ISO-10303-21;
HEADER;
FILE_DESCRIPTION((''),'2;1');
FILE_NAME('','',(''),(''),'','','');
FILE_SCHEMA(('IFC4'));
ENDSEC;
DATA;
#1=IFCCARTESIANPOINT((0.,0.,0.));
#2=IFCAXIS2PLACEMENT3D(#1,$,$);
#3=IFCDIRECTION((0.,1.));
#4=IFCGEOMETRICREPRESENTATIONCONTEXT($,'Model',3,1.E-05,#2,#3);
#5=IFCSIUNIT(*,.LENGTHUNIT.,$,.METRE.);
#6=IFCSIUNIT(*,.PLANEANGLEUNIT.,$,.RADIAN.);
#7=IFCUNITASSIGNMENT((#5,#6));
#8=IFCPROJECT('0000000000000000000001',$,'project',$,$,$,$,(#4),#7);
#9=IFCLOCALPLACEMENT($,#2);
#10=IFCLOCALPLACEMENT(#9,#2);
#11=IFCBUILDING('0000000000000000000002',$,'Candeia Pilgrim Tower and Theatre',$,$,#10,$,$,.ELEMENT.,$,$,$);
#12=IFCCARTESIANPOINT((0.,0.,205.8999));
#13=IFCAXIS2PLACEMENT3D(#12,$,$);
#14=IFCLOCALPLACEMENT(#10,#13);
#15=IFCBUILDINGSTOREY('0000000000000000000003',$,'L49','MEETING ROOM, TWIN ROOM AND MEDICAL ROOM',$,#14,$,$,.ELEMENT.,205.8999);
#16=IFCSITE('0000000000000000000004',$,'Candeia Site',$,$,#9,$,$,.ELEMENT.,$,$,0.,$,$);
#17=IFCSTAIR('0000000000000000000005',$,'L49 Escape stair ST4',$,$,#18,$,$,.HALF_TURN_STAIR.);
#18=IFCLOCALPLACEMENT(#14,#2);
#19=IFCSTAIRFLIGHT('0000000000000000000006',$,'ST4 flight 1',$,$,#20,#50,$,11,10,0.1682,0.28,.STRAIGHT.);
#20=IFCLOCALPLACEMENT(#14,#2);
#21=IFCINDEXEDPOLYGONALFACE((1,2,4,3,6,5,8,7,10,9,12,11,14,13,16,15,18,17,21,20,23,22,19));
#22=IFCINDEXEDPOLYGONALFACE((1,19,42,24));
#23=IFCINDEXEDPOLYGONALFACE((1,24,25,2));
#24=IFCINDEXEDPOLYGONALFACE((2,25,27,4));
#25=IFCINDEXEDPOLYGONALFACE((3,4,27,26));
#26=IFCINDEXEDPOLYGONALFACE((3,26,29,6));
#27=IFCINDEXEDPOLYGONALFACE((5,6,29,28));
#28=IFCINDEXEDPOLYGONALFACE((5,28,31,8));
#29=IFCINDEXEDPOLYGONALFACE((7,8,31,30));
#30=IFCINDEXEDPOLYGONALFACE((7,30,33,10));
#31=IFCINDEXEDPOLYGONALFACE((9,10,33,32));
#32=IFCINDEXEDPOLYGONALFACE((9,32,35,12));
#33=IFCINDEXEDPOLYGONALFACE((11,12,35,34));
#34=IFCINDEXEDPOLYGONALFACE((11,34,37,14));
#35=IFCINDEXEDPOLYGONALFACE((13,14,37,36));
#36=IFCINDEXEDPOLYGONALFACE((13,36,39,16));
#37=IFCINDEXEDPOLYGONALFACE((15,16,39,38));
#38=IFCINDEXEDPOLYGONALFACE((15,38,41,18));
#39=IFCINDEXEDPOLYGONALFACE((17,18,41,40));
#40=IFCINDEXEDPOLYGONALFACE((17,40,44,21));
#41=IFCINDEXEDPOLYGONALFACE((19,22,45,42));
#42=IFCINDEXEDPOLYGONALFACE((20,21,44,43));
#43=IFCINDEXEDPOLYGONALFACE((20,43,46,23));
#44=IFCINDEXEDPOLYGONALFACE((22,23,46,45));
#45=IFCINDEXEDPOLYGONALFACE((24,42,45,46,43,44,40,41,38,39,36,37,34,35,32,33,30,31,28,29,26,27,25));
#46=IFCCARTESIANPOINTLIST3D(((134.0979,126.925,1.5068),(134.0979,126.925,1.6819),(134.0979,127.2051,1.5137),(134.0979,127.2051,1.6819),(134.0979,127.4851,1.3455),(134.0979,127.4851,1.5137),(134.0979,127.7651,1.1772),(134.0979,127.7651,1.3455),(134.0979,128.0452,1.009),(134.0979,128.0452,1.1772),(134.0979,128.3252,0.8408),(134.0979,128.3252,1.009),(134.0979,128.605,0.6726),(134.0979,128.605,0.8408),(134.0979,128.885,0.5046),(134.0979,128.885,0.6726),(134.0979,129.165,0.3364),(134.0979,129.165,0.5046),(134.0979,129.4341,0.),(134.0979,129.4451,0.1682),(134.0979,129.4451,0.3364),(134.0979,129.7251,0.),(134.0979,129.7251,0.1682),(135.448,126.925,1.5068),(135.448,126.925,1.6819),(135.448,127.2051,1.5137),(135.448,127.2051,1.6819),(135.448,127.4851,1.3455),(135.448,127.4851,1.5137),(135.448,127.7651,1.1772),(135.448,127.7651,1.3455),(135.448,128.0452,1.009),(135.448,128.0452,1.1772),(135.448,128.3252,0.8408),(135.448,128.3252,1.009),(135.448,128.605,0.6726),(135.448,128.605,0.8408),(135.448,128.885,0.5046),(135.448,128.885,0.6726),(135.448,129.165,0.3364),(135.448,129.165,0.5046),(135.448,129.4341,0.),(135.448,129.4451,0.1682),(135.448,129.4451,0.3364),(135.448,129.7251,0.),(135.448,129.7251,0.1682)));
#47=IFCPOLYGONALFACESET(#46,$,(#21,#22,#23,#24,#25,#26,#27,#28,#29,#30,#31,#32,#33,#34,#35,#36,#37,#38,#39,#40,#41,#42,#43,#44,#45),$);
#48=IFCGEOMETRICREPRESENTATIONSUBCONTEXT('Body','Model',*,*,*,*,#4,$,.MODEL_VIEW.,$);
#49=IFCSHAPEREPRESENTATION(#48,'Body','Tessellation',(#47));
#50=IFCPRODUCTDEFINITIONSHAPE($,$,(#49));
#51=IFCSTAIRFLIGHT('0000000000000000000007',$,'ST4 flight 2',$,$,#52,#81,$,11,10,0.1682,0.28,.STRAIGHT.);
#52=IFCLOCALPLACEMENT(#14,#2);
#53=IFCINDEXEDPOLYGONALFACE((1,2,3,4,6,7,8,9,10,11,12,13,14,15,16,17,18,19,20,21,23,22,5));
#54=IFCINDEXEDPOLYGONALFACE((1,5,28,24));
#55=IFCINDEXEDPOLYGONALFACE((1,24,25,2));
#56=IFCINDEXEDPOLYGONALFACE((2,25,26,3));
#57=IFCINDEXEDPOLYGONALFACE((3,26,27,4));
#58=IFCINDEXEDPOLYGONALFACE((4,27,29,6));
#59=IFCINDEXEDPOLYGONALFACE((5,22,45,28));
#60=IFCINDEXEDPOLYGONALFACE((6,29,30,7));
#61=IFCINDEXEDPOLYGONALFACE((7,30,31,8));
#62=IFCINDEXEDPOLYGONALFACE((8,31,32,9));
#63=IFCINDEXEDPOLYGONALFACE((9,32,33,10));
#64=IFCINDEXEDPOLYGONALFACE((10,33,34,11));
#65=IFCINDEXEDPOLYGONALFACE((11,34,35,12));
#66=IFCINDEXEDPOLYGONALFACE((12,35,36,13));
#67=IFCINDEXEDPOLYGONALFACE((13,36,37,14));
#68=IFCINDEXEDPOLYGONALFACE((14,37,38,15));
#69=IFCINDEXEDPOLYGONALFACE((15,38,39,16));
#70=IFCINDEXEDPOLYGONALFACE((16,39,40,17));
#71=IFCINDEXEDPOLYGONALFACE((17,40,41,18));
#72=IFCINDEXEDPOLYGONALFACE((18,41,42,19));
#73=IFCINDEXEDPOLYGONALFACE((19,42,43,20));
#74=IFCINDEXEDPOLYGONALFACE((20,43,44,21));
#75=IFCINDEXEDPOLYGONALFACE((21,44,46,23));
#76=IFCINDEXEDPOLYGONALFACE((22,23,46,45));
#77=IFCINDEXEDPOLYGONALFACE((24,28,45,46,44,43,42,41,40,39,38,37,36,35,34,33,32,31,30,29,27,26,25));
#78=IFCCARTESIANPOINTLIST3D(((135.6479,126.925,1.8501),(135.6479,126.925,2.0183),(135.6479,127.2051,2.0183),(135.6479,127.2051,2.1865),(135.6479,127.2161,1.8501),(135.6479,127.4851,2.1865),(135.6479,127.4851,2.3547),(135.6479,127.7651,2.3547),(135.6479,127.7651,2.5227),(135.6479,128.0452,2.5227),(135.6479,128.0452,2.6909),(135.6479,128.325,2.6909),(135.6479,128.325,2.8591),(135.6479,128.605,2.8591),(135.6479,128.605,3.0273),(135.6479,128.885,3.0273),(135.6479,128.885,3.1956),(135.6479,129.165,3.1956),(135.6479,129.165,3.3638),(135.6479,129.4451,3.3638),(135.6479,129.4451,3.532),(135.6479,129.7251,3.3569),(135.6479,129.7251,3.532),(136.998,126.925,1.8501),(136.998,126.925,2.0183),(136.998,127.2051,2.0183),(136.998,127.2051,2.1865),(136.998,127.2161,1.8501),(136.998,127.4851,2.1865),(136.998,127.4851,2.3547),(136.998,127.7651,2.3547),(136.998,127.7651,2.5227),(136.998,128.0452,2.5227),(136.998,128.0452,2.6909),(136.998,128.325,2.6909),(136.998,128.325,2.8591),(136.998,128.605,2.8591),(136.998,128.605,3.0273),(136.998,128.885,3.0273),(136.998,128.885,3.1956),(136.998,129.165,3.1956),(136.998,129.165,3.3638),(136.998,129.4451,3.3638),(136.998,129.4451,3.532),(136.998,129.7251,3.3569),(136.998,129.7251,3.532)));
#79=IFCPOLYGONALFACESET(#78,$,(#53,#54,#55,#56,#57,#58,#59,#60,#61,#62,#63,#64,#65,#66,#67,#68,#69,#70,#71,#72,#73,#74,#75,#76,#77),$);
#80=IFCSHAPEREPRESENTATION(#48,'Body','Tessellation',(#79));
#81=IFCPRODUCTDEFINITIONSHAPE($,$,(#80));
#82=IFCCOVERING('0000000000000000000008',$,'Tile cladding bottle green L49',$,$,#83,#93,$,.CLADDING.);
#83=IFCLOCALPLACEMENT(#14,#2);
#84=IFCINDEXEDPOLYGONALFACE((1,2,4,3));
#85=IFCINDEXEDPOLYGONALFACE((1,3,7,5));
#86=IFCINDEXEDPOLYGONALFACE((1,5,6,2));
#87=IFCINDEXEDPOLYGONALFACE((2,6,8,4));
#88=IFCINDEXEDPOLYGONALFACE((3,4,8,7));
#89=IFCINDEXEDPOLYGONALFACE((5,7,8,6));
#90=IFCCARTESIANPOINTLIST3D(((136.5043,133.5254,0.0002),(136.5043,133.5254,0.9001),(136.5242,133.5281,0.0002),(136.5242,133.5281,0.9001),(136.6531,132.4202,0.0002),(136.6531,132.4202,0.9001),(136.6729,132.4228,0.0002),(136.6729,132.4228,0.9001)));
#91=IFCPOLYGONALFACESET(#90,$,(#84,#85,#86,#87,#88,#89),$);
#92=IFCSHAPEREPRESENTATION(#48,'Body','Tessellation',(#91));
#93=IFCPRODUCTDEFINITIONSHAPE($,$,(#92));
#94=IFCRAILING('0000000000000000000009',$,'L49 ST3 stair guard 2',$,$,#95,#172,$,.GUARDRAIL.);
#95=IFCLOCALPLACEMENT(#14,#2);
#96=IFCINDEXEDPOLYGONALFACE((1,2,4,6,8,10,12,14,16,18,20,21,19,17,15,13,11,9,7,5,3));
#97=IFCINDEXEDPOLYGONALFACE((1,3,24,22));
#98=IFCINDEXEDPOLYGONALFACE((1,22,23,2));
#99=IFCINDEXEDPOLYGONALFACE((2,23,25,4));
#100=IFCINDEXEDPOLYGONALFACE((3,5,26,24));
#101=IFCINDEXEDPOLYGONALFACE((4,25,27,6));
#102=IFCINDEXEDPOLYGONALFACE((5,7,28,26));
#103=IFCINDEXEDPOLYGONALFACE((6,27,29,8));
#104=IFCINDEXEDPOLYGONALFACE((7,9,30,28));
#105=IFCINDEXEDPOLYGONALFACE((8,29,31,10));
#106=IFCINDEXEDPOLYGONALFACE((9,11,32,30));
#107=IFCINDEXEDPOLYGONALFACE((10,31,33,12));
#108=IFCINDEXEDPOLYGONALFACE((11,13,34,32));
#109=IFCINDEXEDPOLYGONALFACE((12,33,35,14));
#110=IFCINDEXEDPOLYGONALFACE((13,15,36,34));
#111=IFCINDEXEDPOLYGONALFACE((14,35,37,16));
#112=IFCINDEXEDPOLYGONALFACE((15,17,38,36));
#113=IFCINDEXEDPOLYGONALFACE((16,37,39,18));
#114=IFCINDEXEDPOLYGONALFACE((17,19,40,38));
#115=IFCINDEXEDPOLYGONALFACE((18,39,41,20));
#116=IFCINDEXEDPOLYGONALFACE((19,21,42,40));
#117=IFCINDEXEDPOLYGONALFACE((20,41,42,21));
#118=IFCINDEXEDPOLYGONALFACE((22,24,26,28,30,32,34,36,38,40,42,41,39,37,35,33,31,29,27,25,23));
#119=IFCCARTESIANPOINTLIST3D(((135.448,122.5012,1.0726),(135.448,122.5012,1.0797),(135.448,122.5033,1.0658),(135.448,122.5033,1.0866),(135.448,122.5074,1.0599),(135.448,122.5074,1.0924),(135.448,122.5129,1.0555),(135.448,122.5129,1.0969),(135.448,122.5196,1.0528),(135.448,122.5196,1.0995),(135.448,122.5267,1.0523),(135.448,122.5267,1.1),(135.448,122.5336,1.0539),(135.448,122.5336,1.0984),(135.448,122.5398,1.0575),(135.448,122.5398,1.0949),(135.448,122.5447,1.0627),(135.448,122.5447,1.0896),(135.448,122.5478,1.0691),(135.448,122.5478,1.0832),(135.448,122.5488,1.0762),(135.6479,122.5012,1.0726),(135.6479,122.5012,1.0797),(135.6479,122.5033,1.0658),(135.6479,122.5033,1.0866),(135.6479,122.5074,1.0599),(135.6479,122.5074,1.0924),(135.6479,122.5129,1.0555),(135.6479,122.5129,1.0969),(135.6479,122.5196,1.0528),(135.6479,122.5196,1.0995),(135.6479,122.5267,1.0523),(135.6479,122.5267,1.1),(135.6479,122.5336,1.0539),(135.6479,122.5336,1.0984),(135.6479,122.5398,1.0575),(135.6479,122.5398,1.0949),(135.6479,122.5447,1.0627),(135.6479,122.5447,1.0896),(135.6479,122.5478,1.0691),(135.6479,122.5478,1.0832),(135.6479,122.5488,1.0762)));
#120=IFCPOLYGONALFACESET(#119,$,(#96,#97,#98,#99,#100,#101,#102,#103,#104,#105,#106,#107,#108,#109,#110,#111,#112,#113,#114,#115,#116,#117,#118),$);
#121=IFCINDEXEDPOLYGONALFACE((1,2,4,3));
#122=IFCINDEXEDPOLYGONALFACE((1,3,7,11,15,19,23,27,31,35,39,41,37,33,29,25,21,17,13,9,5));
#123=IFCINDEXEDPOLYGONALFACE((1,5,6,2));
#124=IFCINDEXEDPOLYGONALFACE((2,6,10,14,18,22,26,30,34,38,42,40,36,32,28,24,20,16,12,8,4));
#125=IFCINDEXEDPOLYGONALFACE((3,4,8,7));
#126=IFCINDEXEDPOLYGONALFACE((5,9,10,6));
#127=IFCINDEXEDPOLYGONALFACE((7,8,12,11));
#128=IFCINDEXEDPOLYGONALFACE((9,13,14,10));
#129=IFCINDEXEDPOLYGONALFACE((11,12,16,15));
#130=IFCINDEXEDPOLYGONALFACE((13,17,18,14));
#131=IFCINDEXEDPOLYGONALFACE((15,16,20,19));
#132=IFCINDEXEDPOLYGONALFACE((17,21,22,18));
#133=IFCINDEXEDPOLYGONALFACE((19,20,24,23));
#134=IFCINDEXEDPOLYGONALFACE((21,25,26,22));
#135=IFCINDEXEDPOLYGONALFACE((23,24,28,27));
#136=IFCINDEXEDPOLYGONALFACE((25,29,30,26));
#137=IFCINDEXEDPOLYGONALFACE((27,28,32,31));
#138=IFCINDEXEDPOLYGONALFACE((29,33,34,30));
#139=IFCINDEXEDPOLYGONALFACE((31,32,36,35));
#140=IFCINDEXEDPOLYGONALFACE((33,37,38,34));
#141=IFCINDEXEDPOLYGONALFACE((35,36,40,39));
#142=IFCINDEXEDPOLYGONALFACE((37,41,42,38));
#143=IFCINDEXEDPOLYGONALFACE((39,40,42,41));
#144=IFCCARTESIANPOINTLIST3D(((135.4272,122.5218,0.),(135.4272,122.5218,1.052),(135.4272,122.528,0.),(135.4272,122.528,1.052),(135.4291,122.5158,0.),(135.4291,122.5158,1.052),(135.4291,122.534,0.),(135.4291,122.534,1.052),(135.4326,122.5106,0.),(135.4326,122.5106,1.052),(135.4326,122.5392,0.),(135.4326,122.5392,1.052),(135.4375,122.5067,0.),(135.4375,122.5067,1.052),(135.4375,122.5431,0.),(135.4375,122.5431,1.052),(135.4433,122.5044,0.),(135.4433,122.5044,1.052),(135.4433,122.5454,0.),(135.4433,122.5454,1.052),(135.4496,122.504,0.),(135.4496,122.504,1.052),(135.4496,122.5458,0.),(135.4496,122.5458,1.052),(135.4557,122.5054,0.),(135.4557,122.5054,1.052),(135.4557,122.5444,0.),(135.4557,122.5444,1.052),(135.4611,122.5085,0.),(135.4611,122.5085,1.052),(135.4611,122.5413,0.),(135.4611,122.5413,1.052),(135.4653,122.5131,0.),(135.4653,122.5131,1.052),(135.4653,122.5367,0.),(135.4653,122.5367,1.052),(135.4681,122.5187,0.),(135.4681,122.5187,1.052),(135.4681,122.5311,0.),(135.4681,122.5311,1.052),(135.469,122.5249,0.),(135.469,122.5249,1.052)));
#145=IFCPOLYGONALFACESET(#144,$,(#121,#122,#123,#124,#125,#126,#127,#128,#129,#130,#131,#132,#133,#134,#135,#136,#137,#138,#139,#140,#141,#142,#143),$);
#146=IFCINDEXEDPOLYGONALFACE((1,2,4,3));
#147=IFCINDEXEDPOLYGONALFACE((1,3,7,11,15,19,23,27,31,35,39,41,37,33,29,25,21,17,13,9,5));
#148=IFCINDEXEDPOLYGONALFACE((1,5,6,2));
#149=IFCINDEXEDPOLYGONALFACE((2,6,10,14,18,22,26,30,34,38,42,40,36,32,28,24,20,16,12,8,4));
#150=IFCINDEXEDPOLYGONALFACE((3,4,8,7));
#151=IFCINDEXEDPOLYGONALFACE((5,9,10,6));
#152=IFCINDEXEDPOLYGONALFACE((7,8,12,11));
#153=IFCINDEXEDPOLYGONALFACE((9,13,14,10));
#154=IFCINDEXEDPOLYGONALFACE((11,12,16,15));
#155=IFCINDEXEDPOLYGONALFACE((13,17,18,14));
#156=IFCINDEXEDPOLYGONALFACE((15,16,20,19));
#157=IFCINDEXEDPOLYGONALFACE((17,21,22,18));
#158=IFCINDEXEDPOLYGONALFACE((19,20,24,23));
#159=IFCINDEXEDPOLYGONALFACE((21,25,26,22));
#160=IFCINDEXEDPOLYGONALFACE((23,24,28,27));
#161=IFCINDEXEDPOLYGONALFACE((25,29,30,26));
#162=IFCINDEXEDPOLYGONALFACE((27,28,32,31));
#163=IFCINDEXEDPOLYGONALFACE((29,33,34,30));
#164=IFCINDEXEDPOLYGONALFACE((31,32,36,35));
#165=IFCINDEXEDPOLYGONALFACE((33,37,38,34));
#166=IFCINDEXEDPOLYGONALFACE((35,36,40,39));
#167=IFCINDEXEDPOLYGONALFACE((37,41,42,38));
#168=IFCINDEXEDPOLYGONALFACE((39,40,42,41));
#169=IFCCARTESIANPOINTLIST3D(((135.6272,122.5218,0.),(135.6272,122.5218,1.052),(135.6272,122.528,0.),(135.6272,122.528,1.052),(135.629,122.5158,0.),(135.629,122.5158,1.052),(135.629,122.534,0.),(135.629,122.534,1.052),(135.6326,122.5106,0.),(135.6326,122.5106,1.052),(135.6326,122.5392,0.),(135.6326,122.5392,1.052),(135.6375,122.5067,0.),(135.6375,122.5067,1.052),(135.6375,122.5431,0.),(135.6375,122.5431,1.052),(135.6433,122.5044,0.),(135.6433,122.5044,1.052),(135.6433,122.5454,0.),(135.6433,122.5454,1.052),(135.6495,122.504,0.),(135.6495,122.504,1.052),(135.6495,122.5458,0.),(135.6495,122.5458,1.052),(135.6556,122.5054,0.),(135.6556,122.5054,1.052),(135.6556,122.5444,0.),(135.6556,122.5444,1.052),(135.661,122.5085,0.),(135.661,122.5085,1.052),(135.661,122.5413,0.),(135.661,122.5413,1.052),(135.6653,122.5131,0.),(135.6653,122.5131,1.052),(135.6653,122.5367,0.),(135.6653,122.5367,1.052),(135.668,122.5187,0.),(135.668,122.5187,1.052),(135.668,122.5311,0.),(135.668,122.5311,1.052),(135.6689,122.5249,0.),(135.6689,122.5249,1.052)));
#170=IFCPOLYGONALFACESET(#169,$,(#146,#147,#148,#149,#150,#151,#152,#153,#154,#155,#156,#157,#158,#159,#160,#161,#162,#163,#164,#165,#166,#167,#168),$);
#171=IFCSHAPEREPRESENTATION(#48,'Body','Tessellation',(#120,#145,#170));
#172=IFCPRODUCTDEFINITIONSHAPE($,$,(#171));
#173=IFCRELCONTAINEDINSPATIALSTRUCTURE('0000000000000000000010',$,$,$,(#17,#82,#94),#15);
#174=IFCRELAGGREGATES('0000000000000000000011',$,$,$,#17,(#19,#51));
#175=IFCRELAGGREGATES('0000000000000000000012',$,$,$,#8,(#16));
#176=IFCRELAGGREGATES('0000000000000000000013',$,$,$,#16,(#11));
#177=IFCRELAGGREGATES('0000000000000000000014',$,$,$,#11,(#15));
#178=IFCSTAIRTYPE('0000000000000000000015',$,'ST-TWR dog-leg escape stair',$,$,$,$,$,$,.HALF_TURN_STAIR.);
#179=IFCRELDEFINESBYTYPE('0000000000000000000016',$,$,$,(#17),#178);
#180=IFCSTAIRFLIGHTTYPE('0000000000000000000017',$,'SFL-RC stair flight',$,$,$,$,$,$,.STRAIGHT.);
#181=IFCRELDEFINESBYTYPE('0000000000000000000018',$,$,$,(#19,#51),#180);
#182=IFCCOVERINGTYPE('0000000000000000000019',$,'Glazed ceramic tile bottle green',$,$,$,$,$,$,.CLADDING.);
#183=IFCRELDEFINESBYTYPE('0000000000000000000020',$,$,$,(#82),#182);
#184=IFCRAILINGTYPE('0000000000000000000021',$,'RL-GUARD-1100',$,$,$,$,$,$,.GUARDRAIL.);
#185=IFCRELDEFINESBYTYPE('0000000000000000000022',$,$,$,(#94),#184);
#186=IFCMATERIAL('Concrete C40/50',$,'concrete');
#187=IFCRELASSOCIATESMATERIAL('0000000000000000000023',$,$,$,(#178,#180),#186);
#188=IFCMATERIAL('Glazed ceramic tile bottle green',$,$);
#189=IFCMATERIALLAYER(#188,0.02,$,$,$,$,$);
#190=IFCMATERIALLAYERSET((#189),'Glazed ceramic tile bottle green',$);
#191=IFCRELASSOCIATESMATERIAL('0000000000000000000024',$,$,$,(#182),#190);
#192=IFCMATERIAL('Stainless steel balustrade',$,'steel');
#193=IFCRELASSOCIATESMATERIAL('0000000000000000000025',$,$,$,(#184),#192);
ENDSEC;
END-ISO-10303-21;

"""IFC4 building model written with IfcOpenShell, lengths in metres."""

from ifc_helpers import new_model, si_unit, direction, frame, origin, origin_2d, place, context, subcontext, project, spatial, polyline, rectangle, circle, outline, extrude, material, layer, layer_set, type_object, element, aggregate, save


model = new_model("IFC4")

# Units and contexts
model_context = context("Model", 3, precision=1e-05, world=origin(), true_north=direction((0.0, 1.0)))
body_context = subcontext(model_context, "Body", "Model", "MODEL_VIEW")
ifc_project = project(units=[si_unit("LENGTHUNIT", "METRE"), si_unit("PLANEANGLEUNIT", "RADIAN")], contexts=[model_context])

# Site, building, storey
site_placement = place(None, origin())
site = spatial("IfcSite", under=ifc_project, at=site_placement, Name="Candeia Site", CompositionType="ELEMENT", RefElevation=0.0)
building_placement = place(site_placement, origin())
building = spatial("IfcBuilding", under=site, at=building_placement, Name="Candeia Pilgrim Tower and Theatre", CompositionType="ELEMENT")
storey_placement = place(building_placement, frame((0.0, 0.0, 205.8999)))
storey = spatial("IfcBuildingStorey", under=building, at=storey_placement, Name="L49", Description="MEETING ROOM, TWIN ROOM AND MEDICAL ROOM", CompositionType="ELEMENT", Elevation=205.8999)

# Shared definitions
ifc_material_1 = material(Name="Concrete C40/50", Category="concrete")

# Stair, stair flights
stair_type = type_object("IfcStairType", Name="ST-TWR dog-leg escape stair", PredefinedType="HALF_TURN_STAIR", material=ifc_material_1)
stair_flight_type = type_object("IfcStairFlightType", Name="SFL-RC stair flight", PredefinedType="STRAIGHT", material=ifc_material_1)
stair_1_placement = place(storey_placement, origin())
stair_1 = element("IfcStair", 1, at=stair_1_placement, inside=storey, type_object=stair_type, Name="L49 Escape stair ST4", PredefinedType="HALF_TURN_STAIR")
stair_flight_1_placement = place(storey_placement, frame((134.7729, 129.7251, 0.0), z_axis=(0.0, 0.0, 1.0), x_axis=(0.0, -1.0, 0.0)))
stair_flight_1 = element("IfcStairFlight", 2, at=stair_flight_1_placement, type_object=stair_flight_type, Name="ST4 flight 1", NumberOfRisers=11, NumberOfTreads=10, PredefinedType="STRAIGHT", RiserHeight=0.1682, TreadLength=0.28, context=body_context, shape_type="SweptSolid", body=[
    extrude(outline(polyline([(0.0, 0.0), (0.0, 0.1682), (0.28, 0.1682), (0.28, 0.3364), (0.5601, 0.3364), (0.5601, 0.5046), (0.8401, 0.5046), (0.8401, 0.6726), (1.1201, 0.6726), (1.1201, 0.8408), (1.3999, 0.8408), (1.3999, 1.009), (1.6799, 1.009), (1.6799, 1.1772), (1.96, 1.1772), (1.96, 1.3455), (2.24, 1.3455), (2.24, 1.5137), (2.52, 1.5137), (2.52, 1.6819), (2.8, 1.6819), (2.8, 1.8501), (2.8, 1.5068), (0.291, 0.0), (0.0, 0.0)])), frame((0.0, 0.675, 0.0), z_axis=(0.0, -1.0, 0.0), x_axis=(1.0, 0.0, 0.0)), (0.0, 0.0, 1.0), 1.3501),
])
stair_flight_2_placement = place(storey_placement, frame((136.323, 126.925, 1.8501), z_axis=(0.0, 0.0, 1.0), x_axis=(0.0, 1.0, 0.0)))
stair_flight_2 = element("IfcStairFlight", 3, at=stair_flight_2_placement, type_object=stair_flight_type, Name="ST4 flight 2", NumberOfRisers=11, NumberOfTreads=10, PredefinedType="STRAIGHT", RiserHeight=0.1682, TreadLength=0.28, context=body_context, shape_type="SweptSolid", body=[
    extrude(outline(polyline([(0.0, 0.0), (0.0, 0.1682), (0.28, 0.1682), (0.28, 0.3364), (0.5601, 0.3364), (0.5601, 0.5046), (0.8401, 0.5046), (0.8401, 0.6726), (1.1201, 0.6726), (1.1201, 0.8408), (1.3999, 0.8408), (1.3999, 1.009), (1.6799, 1.009), (1.6799, 1.1772), (1.96, 1.1772), (1.96, 1.3455), (2.24, 1.3455), (2.24, 1.5137), (2.52, 1.5137), (2.52, 1.6819), (2.8, 1.6819), (2.8, 1.8501), (2.8, 1.5068), (0.291, 0.0), (0.0, 0.0)])), frame((0.0, 0.675, 0.0), z_axis=(0.0, -1.0, 0.0), x_axis=(1.0, 0.0, 0.0)), (0.0, 0.0, 1.0), 1.3501),
])
aggregate(stair_1, [stair_flight_1, stair_flight_2])

# Covering
ifc_material_2 = material(Name="Glazed ceramic tile bottle green")
ifc_layer_1 = layer(ifc_material_2, 0.02)
ifc_layer_set_1 = layer_set([ifc_layer_1], Name="Glazed ceramic tile bottle green")
covering_type = type_object("IfcCoveringType", Name="Glazed ceramic tile bottle green", PredefinedType="CLADDING", material=ifc_layer_set_1)
covering_placement = place(storey_placement, frame((136.5886, 132.9741, 0.0002), z_axis=(0.0, 0.0, 1.0), x_axis=(-0.133412, 0.991061, 0.0)))
element("IfcCovering", 4, at=covering_placement, inside=storey, type_object=covering_type, Name="Tile cladding bottle green L49", PredefinedType="CLADDING", context=body_context, shape_type="SweptSolid", body=[
    extrude(rectangle(XDim=1.1152, YDim=0.02, at=origin_2d()), origin(), (0.0, 0.0, 1.0), 0.8999),
])

# Railing
ifc_material_3 = material(Name="Stainless steel balustrade", Category="steel")
railing_type_1 = type_object("IfcRailingType", Name="RL-GUARD-1100", PredefinedType="GUARDRAIL", material=ifc_material_3)
railing_1_placement = place(storey_placement, frame((135.448, 122.5249, 0.0)))
element("IfcRailing", 5, at=railing_1_placement, inside=storey, type_object=railing_type_1, Name="L49 ST3 stair guard 2", PredefinedType="GUARDRAIL", context=body_context, shape_type="SweptSolid", body=[
    extrude(circle(Radius=0.0239, at=origin_2d()), frame((0.0, 0.0, 1.0762), z_axis=(1.0, 0.0, 0.0), x_axis=(0.0, 1.0, 0.0)), (0.0, 0.0, 1.0), 0.2),
    extrude(circle(Radius=0.021, at=origin_2d()), origin(), (0.0, 0.0, 1.0), 1.052),
    extrude(circle(Radius=0.021, at=origin_2d()), frame((0.2, 0.0, 0.0)), (0.0, 0.0, 1.0), 1.052),
])

save(model, "model.ifc")
